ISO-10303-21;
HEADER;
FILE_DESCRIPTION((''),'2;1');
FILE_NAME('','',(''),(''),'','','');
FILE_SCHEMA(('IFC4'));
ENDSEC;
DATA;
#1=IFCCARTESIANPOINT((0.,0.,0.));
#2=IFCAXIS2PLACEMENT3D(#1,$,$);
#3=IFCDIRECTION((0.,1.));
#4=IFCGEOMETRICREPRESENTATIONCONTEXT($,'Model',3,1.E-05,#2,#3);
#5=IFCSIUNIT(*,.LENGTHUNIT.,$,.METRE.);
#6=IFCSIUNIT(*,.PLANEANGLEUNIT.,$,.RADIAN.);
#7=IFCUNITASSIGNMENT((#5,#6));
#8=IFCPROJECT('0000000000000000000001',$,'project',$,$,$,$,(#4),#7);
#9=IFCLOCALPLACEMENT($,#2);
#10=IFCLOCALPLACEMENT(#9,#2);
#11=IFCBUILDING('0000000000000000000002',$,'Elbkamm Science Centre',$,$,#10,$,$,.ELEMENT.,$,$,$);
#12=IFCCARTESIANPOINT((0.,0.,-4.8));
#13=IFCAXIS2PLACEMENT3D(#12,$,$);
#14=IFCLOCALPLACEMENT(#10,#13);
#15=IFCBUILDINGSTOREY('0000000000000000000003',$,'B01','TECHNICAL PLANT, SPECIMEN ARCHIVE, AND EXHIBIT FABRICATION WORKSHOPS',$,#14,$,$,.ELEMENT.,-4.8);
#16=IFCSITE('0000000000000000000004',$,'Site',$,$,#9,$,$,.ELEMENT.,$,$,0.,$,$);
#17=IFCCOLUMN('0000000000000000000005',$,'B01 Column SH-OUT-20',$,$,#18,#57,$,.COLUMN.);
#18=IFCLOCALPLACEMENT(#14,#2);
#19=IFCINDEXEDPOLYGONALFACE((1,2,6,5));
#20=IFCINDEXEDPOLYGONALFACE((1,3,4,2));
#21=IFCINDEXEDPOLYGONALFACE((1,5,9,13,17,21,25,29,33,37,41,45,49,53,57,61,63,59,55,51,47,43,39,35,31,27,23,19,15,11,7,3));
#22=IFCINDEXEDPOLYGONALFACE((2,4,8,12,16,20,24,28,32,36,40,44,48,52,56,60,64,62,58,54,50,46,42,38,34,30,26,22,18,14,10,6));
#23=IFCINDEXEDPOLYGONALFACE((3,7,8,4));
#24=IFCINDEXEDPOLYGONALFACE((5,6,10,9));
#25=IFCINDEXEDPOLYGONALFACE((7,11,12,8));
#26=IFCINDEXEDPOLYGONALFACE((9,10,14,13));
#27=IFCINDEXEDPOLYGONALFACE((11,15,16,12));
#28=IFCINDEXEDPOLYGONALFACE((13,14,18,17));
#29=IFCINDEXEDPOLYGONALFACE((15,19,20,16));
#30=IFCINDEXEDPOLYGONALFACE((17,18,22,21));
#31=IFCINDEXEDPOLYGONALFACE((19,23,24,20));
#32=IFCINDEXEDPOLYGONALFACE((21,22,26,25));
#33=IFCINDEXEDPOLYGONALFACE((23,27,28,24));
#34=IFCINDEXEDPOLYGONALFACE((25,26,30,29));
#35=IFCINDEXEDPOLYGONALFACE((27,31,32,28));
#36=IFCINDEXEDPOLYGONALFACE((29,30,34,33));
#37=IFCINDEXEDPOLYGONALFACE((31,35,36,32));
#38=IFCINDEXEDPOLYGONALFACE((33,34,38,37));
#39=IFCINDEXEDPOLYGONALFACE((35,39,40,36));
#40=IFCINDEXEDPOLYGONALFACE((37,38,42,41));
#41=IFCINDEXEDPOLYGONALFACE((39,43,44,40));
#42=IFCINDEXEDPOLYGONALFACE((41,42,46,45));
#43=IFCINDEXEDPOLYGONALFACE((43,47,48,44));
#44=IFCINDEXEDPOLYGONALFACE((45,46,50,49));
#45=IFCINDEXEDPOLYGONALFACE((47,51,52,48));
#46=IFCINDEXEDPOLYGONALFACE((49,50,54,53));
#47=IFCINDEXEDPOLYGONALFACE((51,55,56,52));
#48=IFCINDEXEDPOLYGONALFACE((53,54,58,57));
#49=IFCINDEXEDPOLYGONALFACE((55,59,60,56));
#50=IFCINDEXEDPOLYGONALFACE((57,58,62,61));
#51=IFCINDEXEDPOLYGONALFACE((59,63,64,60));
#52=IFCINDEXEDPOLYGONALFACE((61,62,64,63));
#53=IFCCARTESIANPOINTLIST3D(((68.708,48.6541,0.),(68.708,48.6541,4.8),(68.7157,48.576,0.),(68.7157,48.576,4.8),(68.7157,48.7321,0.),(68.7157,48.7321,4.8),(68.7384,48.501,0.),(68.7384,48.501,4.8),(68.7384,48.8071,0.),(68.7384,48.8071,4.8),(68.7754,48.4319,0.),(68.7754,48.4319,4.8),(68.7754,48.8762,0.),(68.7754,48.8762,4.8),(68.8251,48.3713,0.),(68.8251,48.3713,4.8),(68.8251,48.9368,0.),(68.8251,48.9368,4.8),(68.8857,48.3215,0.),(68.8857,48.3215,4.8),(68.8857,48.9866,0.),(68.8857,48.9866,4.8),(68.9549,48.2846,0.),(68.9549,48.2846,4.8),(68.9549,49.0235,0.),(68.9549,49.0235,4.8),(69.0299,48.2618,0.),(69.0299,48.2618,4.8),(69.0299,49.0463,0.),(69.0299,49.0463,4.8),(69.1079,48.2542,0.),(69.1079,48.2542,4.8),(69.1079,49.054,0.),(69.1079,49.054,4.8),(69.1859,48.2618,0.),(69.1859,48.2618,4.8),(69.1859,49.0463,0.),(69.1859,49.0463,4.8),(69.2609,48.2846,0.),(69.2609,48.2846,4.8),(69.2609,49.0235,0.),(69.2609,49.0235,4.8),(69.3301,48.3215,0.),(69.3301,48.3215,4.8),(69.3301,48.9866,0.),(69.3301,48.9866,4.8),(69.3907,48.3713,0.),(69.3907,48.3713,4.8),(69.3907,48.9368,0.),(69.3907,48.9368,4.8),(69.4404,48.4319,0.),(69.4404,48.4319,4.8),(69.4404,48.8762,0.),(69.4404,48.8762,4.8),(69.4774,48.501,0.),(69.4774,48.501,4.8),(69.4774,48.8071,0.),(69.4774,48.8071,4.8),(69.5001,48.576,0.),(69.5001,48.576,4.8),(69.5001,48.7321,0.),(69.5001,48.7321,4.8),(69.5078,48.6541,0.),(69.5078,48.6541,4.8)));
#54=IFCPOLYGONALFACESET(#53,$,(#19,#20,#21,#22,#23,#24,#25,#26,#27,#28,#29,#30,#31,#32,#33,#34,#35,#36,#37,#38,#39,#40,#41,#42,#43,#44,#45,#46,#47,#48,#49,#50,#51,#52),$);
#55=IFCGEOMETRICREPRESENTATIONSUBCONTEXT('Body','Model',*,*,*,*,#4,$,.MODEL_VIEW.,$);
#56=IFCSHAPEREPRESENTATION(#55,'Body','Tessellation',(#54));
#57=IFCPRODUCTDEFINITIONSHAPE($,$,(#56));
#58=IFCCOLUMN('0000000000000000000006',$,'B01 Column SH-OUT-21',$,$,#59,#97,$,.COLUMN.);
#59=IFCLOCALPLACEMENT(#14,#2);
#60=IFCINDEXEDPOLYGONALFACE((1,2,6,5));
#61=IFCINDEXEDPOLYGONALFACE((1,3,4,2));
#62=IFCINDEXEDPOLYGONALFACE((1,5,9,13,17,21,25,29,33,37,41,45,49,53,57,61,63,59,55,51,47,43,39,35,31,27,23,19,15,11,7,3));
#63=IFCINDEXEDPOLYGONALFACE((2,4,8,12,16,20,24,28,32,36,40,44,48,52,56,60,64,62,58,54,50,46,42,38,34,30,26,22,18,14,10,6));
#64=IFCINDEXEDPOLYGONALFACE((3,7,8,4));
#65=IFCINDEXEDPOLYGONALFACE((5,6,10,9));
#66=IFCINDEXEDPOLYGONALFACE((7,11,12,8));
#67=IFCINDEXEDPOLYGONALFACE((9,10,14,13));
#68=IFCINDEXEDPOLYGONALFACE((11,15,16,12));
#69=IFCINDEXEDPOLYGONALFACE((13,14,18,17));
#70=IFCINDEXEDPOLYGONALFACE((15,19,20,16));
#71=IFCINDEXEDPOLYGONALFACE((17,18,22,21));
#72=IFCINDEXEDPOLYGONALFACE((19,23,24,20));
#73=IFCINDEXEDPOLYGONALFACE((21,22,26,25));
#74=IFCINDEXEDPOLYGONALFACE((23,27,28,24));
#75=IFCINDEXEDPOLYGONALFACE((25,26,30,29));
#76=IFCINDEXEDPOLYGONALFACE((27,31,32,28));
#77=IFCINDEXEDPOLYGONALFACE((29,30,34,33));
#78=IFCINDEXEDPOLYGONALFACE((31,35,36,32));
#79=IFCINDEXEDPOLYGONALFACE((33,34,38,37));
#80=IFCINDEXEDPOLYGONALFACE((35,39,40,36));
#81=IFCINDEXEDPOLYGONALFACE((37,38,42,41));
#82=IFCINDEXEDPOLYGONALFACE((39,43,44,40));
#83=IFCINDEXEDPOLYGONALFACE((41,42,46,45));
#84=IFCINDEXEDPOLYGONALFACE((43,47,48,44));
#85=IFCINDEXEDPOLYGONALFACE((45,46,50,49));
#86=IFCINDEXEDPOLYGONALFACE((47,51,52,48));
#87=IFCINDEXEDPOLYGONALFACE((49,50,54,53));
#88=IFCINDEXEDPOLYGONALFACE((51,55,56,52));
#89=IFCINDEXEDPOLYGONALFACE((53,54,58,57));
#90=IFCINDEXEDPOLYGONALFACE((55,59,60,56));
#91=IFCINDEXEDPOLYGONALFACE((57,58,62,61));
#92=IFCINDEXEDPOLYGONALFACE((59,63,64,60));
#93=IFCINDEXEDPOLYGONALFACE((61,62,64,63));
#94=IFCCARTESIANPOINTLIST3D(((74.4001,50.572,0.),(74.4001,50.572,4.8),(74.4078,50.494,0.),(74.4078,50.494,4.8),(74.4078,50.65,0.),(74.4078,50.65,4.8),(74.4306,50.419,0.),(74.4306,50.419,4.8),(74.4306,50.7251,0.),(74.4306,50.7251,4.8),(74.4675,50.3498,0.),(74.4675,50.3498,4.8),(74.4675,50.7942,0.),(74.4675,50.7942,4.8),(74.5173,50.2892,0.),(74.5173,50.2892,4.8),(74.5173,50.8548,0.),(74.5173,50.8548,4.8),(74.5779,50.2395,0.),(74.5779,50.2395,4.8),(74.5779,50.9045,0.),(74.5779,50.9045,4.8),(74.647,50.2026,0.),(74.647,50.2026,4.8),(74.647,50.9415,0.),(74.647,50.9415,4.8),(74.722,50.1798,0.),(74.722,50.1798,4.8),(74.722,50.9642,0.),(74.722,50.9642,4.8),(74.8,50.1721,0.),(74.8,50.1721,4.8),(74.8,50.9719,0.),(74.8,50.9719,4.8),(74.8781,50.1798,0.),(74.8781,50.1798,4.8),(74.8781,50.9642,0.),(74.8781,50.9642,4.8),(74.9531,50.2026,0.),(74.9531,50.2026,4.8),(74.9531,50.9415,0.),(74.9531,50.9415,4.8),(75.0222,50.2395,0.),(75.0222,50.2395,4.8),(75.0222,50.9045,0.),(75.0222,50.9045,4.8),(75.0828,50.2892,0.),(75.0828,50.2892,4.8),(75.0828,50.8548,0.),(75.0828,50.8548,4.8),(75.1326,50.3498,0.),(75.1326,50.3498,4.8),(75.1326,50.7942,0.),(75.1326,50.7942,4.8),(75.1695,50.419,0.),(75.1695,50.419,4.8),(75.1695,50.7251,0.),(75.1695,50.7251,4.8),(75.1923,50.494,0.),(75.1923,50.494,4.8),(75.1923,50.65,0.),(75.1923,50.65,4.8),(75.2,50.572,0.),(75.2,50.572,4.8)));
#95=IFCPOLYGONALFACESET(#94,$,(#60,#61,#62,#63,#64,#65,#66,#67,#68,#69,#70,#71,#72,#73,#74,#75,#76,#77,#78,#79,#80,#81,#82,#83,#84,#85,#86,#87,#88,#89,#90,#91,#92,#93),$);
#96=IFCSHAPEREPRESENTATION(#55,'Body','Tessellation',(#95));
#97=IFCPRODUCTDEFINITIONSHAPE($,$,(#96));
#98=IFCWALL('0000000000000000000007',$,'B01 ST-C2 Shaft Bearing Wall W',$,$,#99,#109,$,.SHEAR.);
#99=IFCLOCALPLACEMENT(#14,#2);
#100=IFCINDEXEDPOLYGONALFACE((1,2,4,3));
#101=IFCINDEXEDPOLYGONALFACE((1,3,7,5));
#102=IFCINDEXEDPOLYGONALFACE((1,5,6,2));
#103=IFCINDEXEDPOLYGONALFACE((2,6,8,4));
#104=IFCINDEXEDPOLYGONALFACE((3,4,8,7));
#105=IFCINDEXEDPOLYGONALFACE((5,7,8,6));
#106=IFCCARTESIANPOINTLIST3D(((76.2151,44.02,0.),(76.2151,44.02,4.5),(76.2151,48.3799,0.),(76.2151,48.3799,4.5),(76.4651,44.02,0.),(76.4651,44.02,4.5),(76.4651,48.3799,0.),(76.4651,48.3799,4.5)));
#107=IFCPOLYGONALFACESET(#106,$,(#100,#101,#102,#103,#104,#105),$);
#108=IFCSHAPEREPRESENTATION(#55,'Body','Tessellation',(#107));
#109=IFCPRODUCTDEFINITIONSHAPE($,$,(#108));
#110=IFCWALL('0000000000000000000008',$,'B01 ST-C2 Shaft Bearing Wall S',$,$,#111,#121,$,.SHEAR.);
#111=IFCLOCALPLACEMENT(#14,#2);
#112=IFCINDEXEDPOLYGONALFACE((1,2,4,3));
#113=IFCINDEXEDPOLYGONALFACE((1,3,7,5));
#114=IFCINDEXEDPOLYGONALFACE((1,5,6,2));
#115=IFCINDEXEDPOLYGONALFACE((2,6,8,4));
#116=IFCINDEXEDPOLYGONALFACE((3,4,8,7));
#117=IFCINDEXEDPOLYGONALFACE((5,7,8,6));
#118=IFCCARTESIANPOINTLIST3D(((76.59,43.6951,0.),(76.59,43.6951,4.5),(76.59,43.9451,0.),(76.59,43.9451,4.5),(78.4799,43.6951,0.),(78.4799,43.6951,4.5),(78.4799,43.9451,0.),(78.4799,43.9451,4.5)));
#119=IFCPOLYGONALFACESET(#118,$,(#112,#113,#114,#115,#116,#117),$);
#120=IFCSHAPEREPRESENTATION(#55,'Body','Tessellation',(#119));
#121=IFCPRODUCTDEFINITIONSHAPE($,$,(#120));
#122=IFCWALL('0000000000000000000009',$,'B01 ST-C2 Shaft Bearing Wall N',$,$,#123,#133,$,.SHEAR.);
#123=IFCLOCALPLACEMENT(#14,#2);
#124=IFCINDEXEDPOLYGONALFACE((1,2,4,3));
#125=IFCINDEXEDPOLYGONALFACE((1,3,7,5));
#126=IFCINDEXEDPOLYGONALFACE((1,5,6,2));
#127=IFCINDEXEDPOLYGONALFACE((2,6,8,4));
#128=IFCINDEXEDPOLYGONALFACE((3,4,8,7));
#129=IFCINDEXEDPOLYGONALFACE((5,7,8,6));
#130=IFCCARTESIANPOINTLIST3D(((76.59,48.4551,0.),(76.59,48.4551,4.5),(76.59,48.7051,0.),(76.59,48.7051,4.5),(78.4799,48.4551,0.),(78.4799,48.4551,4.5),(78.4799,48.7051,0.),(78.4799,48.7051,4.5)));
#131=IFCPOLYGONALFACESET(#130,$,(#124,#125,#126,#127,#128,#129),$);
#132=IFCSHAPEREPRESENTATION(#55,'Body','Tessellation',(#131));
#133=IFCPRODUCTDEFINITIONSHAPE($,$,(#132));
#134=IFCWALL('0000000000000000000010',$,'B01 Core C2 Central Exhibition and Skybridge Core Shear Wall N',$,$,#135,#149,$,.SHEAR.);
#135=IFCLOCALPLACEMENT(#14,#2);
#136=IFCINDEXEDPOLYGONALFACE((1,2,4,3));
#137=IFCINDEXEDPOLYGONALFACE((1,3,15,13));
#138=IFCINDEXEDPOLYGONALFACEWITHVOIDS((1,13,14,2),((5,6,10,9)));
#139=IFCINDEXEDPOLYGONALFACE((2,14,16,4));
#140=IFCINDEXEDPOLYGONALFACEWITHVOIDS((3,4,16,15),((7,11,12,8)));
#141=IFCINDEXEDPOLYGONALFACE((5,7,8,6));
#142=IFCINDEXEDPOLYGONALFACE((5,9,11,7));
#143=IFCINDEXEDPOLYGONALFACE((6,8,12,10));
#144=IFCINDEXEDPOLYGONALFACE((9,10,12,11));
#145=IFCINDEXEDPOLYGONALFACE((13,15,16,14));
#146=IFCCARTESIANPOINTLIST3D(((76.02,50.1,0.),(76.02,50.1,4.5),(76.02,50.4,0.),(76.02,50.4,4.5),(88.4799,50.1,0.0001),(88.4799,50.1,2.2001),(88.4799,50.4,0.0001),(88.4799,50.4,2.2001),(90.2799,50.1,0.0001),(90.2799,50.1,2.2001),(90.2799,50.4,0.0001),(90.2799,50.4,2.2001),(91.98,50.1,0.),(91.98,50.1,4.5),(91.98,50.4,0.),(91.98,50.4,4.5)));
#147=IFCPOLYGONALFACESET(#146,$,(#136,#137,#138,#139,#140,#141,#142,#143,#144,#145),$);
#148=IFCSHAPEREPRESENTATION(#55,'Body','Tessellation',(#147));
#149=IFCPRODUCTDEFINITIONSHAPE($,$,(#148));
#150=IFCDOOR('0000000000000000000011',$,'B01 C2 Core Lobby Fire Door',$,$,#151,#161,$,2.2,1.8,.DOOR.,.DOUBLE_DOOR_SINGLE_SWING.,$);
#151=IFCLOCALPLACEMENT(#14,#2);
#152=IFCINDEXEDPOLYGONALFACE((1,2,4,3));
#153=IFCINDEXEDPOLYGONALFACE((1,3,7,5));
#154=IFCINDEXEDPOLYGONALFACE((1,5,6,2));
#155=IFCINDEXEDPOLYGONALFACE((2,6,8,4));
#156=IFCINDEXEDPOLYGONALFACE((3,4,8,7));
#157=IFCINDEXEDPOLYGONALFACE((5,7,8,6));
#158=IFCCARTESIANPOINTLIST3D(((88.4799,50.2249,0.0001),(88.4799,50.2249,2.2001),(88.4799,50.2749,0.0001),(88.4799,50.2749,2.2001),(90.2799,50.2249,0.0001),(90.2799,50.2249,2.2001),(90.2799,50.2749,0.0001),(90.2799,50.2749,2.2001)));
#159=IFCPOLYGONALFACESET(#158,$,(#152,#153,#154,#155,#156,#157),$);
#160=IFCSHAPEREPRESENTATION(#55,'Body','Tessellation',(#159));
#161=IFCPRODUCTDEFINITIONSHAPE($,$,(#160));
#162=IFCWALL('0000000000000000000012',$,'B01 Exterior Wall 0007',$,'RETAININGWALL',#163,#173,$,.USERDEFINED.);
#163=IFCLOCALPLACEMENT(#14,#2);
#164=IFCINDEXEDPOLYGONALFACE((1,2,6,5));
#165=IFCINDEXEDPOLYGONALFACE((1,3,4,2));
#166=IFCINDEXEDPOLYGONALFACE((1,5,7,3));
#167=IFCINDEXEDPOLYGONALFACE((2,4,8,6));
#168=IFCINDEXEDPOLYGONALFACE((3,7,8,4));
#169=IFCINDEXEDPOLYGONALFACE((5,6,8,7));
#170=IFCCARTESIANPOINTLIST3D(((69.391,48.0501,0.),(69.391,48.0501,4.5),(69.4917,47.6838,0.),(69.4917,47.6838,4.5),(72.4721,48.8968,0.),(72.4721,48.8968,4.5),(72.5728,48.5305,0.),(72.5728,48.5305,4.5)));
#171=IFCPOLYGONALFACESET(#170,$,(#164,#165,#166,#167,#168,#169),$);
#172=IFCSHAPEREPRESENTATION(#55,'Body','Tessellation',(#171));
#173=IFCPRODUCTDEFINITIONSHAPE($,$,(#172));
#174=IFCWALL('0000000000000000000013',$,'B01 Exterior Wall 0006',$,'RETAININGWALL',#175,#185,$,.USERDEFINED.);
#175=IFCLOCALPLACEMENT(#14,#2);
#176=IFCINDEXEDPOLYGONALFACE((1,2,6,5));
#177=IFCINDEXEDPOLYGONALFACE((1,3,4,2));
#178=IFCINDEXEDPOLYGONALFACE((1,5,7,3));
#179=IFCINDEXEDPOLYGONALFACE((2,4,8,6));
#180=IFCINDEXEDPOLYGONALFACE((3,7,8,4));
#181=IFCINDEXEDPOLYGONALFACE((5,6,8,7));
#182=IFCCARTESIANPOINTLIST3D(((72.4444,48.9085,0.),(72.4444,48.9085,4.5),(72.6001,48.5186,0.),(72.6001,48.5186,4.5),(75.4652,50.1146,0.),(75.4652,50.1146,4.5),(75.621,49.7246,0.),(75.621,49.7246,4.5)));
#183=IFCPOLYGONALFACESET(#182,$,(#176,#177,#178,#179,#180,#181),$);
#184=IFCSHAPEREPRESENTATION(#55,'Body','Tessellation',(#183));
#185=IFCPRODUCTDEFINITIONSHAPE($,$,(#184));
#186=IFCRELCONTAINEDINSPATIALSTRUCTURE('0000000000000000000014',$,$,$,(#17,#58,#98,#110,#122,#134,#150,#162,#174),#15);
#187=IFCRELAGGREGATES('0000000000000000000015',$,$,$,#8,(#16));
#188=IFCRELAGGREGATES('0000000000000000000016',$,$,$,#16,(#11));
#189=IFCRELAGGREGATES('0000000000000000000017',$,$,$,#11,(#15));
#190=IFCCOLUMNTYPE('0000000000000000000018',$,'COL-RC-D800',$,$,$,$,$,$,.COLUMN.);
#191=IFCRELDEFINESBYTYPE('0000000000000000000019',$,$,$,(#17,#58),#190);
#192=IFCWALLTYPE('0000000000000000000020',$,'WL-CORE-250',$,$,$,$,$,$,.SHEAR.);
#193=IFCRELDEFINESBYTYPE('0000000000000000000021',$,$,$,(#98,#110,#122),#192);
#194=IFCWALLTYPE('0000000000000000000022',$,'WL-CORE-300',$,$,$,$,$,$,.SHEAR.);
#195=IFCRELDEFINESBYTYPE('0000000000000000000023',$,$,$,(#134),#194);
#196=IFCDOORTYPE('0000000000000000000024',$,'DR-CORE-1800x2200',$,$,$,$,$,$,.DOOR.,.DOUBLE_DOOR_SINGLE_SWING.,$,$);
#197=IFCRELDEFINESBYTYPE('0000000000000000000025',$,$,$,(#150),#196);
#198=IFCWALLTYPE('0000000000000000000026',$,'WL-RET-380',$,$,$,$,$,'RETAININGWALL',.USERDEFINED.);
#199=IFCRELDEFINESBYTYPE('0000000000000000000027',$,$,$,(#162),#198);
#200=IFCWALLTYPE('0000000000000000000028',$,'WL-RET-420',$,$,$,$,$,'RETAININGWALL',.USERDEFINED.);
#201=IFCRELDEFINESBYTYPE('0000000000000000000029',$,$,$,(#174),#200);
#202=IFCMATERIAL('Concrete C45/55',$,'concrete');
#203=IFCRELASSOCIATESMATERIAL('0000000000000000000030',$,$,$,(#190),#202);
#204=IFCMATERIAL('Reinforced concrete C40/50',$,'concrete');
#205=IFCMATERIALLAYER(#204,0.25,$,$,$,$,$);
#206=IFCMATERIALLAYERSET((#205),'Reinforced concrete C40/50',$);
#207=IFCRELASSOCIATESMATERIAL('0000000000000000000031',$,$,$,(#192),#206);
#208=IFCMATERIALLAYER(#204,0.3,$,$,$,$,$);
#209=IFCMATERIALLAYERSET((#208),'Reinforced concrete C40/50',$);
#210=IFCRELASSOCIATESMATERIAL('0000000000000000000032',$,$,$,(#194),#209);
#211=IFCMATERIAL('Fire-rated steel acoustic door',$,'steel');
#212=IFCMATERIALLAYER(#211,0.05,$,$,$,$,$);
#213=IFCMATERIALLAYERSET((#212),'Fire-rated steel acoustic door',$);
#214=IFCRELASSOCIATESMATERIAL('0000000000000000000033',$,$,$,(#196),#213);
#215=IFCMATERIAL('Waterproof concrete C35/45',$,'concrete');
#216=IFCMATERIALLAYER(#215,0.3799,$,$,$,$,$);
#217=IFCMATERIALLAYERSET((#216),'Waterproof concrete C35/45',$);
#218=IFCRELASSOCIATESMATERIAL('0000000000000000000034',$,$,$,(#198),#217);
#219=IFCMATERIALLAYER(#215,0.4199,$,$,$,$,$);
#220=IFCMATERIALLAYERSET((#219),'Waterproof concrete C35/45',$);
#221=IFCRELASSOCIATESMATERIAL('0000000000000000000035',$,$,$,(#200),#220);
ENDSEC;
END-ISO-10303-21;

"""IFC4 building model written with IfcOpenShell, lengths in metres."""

from ifc_helpers import new_model, si_unit, direction, frame, frame_2d, origin, origin_2d, place, context, subcontext, project, spatial, rectangle, circle, extrude, material, layer, layer_set, material_profile, profile_set, type_object, element, fill, save


model = new_model("IFC4")

# Units and contexts
model_context = context("Model", 3, precision=1e-05, world=origin(), true_north=direction((0.0, 1.0)))
body_context = subcontext(model_context, "Body", "Model", "MODEL_VIEW")
ifc_project = project(units=[si_unit("LENGTHUNIT", "METRE"), si_unit("PLANEANGLEUNIT", "RADIAN")], contexts=[model_context])

# Site, building, storey
site_placement = place(None, origin())
site = spatial("IfcSite", under=ifc_project, at=site_placement, Name="Site", CompositionType="ELEMENT", RefElevation=0.0)
building_placement = place(site_placement, origin())
building = spatial("IfcBuilding", under=site, at=building_placement, Name="Elbkamm Science Centre", CompositionType="ELEMENT")
storey_placement = place(building_placement, frame((0.0, 0.0, -4.8)))
storey = spatial("IfcBuildingStorey", under=building, at=storey_placement, Name="B01", Description="TECHNICAL PLANT, SPECIMEN ARCHIVE, AND EXHIBIT FABRICATION WORKSHOPS", CompositionType="ELEMENT", Elevation=-4.8)

# Columns
ifc_material_1 = material(Name="Concrete C45/55", Category="concrete")
ifc_material_profile_1 = material_profile(ifc_material_1, circle(Radius=0.3999, at=origin_2d()), Name="RC D800")
ifc_profile_set_1 = profile_set([ifc_material_profile_1], Name="Concrete C45/55")
column_type = type_object("IfcColumnType", Name="COL-RC-D800", PredefinedType="COLUMN", material=ifc_profile_set_1)
for number, where, z_axis, x_axis, name in (
    (1, (69.1079, 48.6541, 0.0), (0.0, 0.0, 1.0), (1.0, 0.0, 0.0), "B01 Column SH-OUT-20"),
    (2, (74.8, 50.572, 0.0), (0.0, 0.0, 1.0), (1.0, 0.0, 0.0), "B01 Column SH-OUT-21"),
):
    element("IfcColumn", number, at=place(storey_placement, frame(where, z_axis=z_axis, x_axis=x_axis)), inside=storey, type_object=column_type, Name=name, PredefinedType="COLUMN", context=body_context, shape_type="SweptSolid", body=[
        extrude(circle(Radius=0.3999, at=origin_2d()), origin(), (0.0, 0.0, 1.0), 4.8),
    ])

# Walls
ifc_material_2 = material(Name="Reinforced concrete C40/50", Category="concrete")
ifc_layer_1 = layer(ifc_material_2, 0.25)
ifc_layer_set_1 = layer_set([ifc_layer_1], Name="Reinforced concrete C40/50")
wall_type_1 = type_object("IfcWallType", Name="WL-CORE-250", PredefinedType="SHEAR", material=ifc_layer_set_1)
wall_1_placement = place(storey_placement, frame((76.3401, 44.02, 0.0), z_axis=(0.0, 0.0, 1.0), x_axis=(0.0, 1.0, 0.0)))
element("IfcWall", 3, at=wall_1_placement, inside=storey, type_object=wall_type_1, Name="B01 ST-C2 Shaft Bearing Wall W", PredefinedType="SHEAR", context=body_context, shape_type="SweptSolid", body=[
    extrude(rectangle(XDim=4.3599, YDim=0.25, at=frame_2d((2.1799, 0.0))), origin(), (0.0, 0.0, 1.0), 4.5),
])
for number, where, z_axis, x_axis, name in (
    (4, (76.5901, 43.8201, 0.0), (0.0, 0.0, 1.0), (1.0, 0.0, 0.0), "B01 ST-C2 Shaft Bearing Wall S"),
    (5, (76.5901, 48.5801, 0.0), (0.0, 0.0, 1.0), (1.0, 0.0, 0.0), "B01 ST-C2 Shaft Bearing Wall N"),
):
    element("IfcWall", number, at=place(storey_placement, frame(where, z_axis=z_axis, x_axis=x_axis)), inside=storey, type_object=wall_type_1, Name=name, PredefinedType="SHEAR", context=body_context, shape_type="SweptSolid", body=[
        extrude(rectangle(XDim=1.8899, YDim=0.25, at=frame_2d((0.9448, 0.0))), origin(), (0.0, 0.0, 1.0), 4.5),
    ])

# Wall, opening, door
ifc_layer_2 = layer(ifc_material_2, 0.3)
ifc_layer_set_2 = layer_set([ifc_layer_2], Name="Reinforced concrete C40/50")
wall_type_2 = type_object("IfcWallType", Name="WL-CORE-300", PredefinedType="SHEAR", material=ifc_layer_set_2)
wall_2_placement = place(storey_placement, frame((76.02, 50.25, 0.0), z_axis=(0.0, 0.0, 1.0), x_axis=(1.0, 0.0, 0.0)))
wall_2 = element("IfcWall", 6, at=wall_2_placement, inside=storey, type_object=wall_type_2, Name="B01 Core C2 Central Exhibition and Skybridge Core Shear Wall N", PredefinedType="SHEAR", context=body_context, shape_type="SweptSolid", body=[
    extrude(rectangle(XDim=15.96, YDim=0.3, at=frame_2d((7.98, 0.0))), origin(), (0.0, 0.0, 1.0), 4.5),
])
opening_placement = place(wall_2_placement, frame((12.46, 0.0, 0.0)))
opening = element("IfcOpeningElement", 7, at=opening_placement, cuts=wall_2, PredefinedType="OPENING", context=body_context, shape_type="SweptSolid", body=[
    extrude(rectangle(XDim=1.8, YDim=2.2, at=frame_2d((0.8999, 1.1001))), frame((0.0, 0.1621, 0.0), z_axis=(0.0, -1.0, 0.0), x_axis=(1.0, 0.0, 0.0)), (0.0, 0.0, 1.0), 0.324),
])
ifc_material_3 = material(Name="Fire-rated steel acoustic door", Category="steel")
ifc_layer_3 = layer(ifc_material_3, 0.05)
ifc_layer_set_3 = layer_set([ifc_layer_3], Name="Fire-rated steel acoustic door")
door_type = type_object("IfcDoorType", Name="DR-CORE-1800x2200", OperationType="DOUBLE_DOOR_SINGLE_SWING", PredefinedType="DOOR", material=ifc_layer_set_3)
door_placement = place(opening_placement, origin())
door = element("IfcDoor", 8, at=door_placement, inside=storey, type_object=door_type, Name="B01 C2 Core Lobby Fire Door", OperationType="DOUBLE_DOOR_SINGLE_SWING", OverallHeight=2.2, OverallWidth=1.8, PredefinedType="DOOR", context=body_context, shape_type="SweptSolid", body=[
    extrude(rectangle(XDim=1.8, YDim=2.2, at=frame_2d((0.8999, 1.1001))), frame((0.0, 0.0249, 0.0), z_axis=(0.0, -1.0, 0.0), x_axis=(1.0, 0.0, 0.0)), (0.0, 0.0, 1.0), 0.05),
])
fill(opening, door)

# Walls
ifc_material_4 = material(Name="Waterproof concrete C35/45", Category="concrete")
ifc_layer_4 = layer(ifc_material_4, 0.3799)
ifc_layer_set_4 = layer_set([ifc_layer_4], Name="Waterproof concrete C35/45")
wall_type_3 = type_object("IfcWallType", Name="WL-RET-380", ElementType="RETAININGWALL", PredefinedType="USERDEFINED", material=ifc_layer_set_4)
wall_3_placement = place(storey_placement, frame((72.5225, 48.7136, 0.0), z_axis=(0.0, 0.0, 1.0), x_axis=(-0.964254, -0.264979, 0.0)))
element("IfcWall", 9, at=wall_3_placement, inside=storey, type_object=wall_type_3, Name="B01 Exterior Wall 0007", ObjectType="RETAININGWALL", PredefinedType="USERDEFINED", context=body_context, shape_type="SweptSolid", body=[
    extrude(rectangle(XDim=3.1953, YDim=0.3799, at=frame_2d((1.5977, 0.0))), origin(), (0.0, 0.0, 1.0), 4.5),
])
ifc_layer_5 = layer(ifc_material_4, 0.4199)
ifc_layer_set_5 = layer_set([ifc_layer_5], Name="Waterproof concrete C35/45")
wall_type_4 = type_object("IfcWallType", Name="WL-RET-420", ElementType="RETAININGWALL", PredefinedType="USERDEFINED", material=ifc_layer_set_5)
wall_4_placement = place(storey_placement, frame((75.5432, 49.9197, 0.0), z_axis=(0.0, 0.0, 1.0), x_axis=(-0.928715, -0.370795, 0.0)))
element("IfcWall", 10, at=wall_4_placement, inside=storey, type_object=wall_type_4, Name="B01 Exterior Wall 0006", ObjectType="RETAININGWALL", PredefinedType="USERDEFINED", context=body_context, shape_type="SweptSolid", body=[
    extrude(rectangle(XDim=3.2527, YDim=0.4199, at=frame_2d((1.6265, 0.0))), origin(), (0.0, 0.0, 1.0), 4.5),
])

save(model, "model.ifc")
